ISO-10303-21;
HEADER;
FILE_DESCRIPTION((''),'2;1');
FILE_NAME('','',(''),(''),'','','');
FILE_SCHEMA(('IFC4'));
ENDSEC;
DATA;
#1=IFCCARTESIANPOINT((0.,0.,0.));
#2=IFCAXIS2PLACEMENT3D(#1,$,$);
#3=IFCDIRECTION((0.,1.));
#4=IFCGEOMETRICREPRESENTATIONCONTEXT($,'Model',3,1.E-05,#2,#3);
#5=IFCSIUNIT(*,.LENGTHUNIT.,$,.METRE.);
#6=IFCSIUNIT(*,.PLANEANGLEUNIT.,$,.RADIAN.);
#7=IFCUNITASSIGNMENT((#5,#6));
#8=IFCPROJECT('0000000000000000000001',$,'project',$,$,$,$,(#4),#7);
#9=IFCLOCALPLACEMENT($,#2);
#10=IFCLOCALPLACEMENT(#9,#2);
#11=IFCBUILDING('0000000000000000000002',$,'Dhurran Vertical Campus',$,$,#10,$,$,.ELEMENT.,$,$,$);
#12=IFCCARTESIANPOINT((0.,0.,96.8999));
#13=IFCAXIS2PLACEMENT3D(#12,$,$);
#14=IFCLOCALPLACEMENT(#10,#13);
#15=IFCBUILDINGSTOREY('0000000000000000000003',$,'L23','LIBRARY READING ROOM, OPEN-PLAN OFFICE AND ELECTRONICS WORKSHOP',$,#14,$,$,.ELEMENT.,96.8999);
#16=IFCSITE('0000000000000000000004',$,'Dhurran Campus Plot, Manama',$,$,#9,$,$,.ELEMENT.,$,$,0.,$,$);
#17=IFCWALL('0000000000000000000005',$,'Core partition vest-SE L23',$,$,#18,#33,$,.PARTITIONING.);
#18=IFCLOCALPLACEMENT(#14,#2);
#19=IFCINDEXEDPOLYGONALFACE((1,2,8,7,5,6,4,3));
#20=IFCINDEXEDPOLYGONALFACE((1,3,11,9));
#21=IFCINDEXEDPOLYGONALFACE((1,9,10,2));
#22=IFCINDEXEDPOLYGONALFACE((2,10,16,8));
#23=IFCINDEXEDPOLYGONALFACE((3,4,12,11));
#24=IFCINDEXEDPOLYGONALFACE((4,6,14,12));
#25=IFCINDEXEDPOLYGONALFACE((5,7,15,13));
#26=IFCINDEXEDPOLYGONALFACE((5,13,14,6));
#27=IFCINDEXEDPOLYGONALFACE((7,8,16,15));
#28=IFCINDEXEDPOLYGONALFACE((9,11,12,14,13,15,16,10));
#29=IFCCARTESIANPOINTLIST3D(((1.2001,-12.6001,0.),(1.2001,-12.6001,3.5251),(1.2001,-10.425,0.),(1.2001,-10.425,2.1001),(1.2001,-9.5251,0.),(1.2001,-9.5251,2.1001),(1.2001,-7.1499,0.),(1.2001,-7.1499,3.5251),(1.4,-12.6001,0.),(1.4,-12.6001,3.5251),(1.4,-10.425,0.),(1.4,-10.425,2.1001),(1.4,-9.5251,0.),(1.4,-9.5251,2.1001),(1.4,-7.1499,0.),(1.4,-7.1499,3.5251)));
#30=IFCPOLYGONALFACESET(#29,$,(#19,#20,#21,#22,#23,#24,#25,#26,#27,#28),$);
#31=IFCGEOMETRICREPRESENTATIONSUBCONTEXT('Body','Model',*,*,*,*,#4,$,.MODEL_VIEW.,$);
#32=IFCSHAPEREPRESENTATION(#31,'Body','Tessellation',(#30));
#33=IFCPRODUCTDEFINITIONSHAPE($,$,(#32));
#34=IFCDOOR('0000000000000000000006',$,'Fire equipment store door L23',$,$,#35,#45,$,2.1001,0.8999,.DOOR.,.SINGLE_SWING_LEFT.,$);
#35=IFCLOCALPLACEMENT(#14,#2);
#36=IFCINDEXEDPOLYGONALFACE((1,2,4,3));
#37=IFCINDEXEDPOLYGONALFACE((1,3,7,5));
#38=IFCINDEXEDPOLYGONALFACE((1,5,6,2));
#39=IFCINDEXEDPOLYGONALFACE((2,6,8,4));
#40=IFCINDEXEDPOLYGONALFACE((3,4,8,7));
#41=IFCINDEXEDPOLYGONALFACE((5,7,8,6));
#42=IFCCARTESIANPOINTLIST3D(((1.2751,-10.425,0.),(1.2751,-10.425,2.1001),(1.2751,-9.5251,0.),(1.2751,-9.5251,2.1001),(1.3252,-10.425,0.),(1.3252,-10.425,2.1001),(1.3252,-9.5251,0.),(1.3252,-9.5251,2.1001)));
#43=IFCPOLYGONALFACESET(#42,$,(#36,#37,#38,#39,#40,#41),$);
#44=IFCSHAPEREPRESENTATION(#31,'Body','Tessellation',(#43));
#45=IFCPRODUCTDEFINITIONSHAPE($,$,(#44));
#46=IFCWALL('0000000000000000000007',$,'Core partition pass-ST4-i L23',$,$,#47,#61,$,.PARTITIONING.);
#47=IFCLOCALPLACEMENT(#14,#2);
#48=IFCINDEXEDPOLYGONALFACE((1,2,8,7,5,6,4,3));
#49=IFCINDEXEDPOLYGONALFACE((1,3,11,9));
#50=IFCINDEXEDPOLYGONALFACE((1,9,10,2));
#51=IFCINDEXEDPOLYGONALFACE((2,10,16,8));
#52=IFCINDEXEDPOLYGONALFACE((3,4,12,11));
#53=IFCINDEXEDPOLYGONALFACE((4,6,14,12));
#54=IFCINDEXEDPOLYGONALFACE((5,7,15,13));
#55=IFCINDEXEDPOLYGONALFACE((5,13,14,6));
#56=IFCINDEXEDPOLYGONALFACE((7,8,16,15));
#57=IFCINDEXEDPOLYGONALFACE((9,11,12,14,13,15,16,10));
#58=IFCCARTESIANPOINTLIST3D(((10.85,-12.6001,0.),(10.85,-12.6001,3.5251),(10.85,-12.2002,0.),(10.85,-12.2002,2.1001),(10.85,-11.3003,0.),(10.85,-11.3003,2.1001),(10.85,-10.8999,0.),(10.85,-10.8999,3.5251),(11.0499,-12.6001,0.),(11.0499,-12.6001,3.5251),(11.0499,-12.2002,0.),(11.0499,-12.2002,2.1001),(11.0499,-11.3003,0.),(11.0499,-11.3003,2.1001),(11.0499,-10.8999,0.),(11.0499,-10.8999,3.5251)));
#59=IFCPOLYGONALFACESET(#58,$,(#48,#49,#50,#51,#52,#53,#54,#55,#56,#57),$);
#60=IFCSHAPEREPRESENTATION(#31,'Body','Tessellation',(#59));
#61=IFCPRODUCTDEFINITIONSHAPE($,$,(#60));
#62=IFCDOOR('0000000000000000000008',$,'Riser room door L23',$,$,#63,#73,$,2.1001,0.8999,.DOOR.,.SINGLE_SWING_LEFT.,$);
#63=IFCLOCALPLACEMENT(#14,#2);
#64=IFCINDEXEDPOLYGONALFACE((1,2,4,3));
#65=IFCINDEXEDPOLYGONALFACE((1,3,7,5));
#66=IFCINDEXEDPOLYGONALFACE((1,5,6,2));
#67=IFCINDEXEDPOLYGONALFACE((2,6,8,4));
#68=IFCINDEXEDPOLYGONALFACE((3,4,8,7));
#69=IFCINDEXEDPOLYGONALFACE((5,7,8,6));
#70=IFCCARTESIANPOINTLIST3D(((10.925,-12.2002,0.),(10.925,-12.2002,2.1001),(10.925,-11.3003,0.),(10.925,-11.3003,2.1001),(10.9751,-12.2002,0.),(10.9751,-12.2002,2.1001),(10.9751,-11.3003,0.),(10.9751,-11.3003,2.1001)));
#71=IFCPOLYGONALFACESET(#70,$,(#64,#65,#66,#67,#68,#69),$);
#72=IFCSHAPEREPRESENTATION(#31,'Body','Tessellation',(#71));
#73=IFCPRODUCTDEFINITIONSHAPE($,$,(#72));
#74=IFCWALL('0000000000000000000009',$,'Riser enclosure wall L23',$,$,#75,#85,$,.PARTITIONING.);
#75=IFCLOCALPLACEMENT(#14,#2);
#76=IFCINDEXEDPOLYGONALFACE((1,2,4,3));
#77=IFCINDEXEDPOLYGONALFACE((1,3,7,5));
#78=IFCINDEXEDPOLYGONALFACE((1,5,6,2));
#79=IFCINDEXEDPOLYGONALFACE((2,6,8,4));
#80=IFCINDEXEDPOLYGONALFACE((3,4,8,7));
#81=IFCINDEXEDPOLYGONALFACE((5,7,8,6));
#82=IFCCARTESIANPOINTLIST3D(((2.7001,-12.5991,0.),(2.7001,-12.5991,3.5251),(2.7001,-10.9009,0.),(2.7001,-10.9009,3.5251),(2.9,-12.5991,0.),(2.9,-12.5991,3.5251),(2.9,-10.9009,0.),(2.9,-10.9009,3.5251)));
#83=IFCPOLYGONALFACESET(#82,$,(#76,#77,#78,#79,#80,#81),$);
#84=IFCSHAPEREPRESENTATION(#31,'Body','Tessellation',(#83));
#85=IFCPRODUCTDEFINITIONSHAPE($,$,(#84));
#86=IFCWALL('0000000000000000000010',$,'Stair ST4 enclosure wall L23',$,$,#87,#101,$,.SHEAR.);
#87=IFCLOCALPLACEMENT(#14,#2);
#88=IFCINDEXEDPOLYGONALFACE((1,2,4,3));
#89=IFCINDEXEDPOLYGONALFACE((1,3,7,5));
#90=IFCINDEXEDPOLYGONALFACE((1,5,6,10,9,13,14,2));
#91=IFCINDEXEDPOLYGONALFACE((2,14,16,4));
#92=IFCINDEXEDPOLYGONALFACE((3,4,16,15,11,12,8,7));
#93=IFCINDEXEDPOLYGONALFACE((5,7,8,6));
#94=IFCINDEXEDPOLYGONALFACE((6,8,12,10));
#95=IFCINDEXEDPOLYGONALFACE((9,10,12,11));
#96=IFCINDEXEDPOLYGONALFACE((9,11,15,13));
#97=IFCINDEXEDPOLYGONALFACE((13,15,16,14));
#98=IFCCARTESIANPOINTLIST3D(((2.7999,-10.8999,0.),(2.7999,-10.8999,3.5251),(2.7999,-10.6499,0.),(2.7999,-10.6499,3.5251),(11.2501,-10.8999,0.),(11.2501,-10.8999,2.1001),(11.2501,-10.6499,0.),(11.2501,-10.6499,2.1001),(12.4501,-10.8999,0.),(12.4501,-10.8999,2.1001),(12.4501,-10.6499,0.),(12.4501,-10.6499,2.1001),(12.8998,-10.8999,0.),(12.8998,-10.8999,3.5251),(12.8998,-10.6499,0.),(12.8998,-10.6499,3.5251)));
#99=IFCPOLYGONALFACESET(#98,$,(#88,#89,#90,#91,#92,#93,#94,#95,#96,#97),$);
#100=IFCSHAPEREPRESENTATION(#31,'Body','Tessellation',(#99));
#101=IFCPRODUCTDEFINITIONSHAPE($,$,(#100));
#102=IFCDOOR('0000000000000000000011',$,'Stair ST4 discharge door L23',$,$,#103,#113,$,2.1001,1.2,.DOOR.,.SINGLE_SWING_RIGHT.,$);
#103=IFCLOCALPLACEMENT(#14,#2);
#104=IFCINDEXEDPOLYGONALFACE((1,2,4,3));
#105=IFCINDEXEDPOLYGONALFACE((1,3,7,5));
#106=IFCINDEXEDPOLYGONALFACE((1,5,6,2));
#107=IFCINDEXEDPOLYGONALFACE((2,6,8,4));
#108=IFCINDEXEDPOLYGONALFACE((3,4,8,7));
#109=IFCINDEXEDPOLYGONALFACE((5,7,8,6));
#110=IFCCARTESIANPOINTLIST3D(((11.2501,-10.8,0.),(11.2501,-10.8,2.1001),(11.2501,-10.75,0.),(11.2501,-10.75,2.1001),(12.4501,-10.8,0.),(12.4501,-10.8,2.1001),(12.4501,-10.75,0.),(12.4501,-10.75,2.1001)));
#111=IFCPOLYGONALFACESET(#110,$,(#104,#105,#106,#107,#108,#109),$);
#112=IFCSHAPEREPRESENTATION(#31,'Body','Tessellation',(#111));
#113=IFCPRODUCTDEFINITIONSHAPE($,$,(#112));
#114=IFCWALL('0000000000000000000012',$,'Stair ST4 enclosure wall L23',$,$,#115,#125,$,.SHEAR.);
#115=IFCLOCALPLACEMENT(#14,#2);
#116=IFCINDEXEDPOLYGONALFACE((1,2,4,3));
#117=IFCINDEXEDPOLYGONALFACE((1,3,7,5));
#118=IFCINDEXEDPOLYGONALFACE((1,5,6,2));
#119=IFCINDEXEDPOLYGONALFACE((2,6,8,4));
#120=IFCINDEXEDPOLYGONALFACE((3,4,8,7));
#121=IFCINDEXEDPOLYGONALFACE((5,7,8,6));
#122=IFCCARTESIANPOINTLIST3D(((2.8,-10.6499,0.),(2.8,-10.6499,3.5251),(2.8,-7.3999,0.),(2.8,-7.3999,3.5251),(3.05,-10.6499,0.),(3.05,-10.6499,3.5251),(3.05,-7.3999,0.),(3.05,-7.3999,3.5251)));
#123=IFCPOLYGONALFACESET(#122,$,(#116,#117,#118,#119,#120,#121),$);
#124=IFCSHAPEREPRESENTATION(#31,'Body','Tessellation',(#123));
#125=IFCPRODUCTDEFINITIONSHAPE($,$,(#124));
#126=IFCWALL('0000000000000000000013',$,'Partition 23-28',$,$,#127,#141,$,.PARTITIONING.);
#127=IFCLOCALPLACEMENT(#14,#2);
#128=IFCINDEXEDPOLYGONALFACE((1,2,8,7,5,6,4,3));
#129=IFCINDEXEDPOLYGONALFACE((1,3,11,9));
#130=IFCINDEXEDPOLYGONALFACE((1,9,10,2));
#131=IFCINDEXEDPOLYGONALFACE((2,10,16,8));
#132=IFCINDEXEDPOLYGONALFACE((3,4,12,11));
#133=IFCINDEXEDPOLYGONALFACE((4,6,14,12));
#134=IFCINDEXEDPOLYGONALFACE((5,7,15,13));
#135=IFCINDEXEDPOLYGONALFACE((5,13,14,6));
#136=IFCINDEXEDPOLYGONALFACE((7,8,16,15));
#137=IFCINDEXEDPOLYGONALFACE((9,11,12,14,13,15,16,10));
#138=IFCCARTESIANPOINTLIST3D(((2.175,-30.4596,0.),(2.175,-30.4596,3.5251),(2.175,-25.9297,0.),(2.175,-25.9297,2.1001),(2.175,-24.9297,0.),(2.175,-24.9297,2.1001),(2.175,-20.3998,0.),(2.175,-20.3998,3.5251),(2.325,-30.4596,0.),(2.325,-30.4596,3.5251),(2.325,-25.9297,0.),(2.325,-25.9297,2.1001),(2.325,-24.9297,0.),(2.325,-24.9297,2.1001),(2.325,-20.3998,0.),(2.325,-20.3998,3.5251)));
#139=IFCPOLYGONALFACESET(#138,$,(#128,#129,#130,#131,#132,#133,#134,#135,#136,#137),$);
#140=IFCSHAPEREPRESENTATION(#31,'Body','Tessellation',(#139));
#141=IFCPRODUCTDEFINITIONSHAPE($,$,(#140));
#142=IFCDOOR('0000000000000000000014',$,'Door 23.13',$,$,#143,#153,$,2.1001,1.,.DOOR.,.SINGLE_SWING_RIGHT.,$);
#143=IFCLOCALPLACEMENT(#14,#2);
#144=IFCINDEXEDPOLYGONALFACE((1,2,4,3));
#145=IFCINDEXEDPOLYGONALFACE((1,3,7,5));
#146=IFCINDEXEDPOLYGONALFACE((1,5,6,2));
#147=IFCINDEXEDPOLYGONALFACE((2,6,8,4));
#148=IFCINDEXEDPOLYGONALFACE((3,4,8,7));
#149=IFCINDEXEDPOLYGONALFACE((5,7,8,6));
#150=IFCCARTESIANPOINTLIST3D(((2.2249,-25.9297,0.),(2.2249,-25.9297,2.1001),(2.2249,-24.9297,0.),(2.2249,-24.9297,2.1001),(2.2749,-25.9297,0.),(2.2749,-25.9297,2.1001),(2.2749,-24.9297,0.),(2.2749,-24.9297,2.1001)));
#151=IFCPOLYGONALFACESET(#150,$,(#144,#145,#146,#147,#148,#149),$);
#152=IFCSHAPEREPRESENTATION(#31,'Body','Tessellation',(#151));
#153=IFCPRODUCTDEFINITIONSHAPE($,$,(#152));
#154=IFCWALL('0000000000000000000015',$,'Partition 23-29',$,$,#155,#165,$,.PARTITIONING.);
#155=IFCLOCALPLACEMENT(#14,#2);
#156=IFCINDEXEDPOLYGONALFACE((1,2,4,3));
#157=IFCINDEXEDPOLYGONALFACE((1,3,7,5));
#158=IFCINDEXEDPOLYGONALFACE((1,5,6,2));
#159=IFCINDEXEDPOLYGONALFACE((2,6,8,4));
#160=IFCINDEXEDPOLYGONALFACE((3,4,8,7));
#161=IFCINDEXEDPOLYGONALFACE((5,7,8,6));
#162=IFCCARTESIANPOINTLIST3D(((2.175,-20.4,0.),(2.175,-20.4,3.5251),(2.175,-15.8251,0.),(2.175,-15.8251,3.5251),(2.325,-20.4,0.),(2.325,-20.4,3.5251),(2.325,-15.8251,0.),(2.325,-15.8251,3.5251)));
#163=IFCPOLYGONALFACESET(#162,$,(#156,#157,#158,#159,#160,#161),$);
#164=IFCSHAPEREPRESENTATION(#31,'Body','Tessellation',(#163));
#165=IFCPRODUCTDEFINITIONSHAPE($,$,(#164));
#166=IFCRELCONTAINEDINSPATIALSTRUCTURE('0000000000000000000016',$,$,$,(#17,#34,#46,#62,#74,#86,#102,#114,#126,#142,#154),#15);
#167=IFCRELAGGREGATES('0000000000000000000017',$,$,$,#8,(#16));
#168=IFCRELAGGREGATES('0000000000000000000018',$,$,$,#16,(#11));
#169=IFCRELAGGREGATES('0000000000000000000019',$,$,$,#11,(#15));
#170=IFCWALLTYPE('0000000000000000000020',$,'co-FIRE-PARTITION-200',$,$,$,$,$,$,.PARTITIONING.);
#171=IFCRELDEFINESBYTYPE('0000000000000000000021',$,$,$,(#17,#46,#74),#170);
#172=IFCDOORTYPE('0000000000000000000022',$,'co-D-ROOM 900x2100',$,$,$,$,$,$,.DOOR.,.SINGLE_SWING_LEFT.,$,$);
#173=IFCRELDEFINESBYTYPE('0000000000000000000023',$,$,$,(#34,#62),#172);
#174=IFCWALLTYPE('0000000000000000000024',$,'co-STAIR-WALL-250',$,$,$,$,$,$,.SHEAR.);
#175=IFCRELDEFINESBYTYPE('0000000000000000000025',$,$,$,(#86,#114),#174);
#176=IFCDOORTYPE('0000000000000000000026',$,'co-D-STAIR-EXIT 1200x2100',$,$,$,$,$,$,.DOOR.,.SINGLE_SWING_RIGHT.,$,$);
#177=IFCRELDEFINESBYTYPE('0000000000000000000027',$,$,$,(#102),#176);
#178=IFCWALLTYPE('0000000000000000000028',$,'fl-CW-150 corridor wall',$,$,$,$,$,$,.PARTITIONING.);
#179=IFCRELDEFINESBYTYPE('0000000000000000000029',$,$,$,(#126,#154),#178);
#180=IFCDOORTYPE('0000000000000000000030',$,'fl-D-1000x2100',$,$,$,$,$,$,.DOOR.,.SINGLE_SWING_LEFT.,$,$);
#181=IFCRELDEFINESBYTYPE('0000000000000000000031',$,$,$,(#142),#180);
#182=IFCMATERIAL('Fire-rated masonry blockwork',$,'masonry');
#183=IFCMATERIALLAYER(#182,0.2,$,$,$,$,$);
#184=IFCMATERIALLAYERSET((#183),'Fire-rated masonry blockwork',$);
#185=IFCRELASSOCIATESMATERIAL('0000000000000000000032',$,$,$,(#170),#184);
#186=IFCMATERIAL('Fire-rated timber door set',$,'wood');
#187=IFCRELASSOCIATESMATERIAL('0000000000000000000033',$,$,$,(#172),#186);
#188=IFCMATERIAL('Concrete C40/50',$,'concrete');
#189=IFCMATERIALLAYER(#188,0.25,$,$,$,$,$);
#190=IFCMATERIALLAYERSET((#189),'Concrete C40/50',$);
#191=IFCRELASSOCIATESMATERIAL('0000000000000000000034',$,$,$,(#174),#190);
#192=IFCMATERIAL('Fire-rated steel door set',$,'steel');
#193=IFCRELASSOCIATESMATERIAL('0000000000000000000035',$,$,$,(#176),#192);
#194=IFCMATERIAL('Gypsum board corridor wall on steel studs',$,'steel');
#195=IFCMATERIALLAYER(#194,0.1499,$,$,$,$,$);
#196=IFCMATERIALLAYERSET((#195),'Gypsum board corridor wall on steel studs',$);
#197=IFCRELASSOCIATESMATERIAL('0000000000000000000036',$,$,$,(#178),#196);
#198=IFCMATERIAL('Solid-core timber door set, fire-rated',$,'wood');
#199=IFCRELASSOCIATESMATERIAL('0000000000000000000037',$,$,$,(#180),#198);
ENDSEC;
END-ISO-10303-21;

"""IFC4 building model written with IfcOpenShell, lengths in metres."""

from ifc_helpers import new_model, si_unit, direction, frame, frame_2d, origin, place, context, subcontext, project, spatial, rectangle, extrude, material, layer, layer_set, type_object, element, fill, save


model = new_model("IFC4")

# Units and contexts
model_context = context("Model", 3, precision=1e-05, world=origin(), true_north=direction((0.0, 1.0)))
body_context = subcontext(model_context, "Body", "Model", "MODEL_VIEW")
ifc_project = project(units=[si_unit("LENGTHUNIT", "METRE"), si_unit("PLANEANGLEUNIT", "RADIAN")], contexts=[model_context])

# Site, building, storey
site_placement = place(None, origin())
site = spatial("IfcSite", under=ifc_project, at=site_placement, Name="Dhurran Campus Plot, Manama", CompositionType="ELEMENT", RefElevation=0.0)
building_placement = place(site_placement, origin())
building = spatial("IfcBuilding", under=site, at=building_placement, Name="Dhurran Vertical Campus", CompositionType="ELEMENT")
storey_placement = place(building_placement, frame((0.0, 0.0, 96.8999)))
storey = spatial("IfcBuildingStorey", under=building, at=storey_placement, Name="L23", Description="LIBRARY READING ROOM, OPEN-PLAN OFFICE AND ELECTRONICS WORKSHOP", CompositionType="ELEMENT", Elevation=96.8999)

# Walls, openings, doors
ifc_material_1 = material(Name="Fire-rated masonry blockwork", Category="masonry")
ifc_layer_1 = layer(ifc_material_1, 0.2)
ifc_layer_set_1 = layer_set([ifc_layer_1], Name="Fire-rated masonry blockwork")
wall_type_1 = type_object("IfcWallType", Name="co-FIRE-PARTITION-200", PredefinedType="PARTITIONING", material=ifc_layer_set_1)
wall_1_placement = place(storey_placement, frame((1.3, -12.6001, 0.0), z_axis=(0.0, 0.0, 1.0), x_axis=(0.0, 1.0, 0.0)))
wall_1 = element("IfcWall", 1, at=wall_1_placement, inside=storey, type_object=wall_type_1, Name="Core partition vest-SE L23", PredefinedType="PARTITIONING", context=body_context, shape_type="SweptSolid", body=[
    extrude(rectangle(XDim=5.4502, YDim=0.2, at=frame_2d((2.7251, 0.0))), origin(), (0.0, 0.0, 1.0), 3.5251),
])
opening_1_placement = place(wall_1_placement, frame((2.175, 0.0, 0.0)))
opening_1 = element("IfcOpeningElement", 2, at=opening_1_placement, cuts=wall_1, PredefinedType="OPENING", context=body_context, shape_type="SweptSolid", body=[
    extrude(rectangle(XDim=0.8999, YDim=2.1001, at=frame_2d((0.45, 1.05))), frame((0.0, 0.1099, 0.0), z_axis=(0.0, -1.0, 0.0), x_axis=(1.0, 0.0, 0.0)), (0.0, 0.0, 1.0), 0.22),
])
ifc_material_2 = material(Name="Fire-rated timber door set", Category="wood")
door_type_1 = type_object("IfcDoorType", Name="co-D-ROOM 900x2100", OperationType="SINGLE_SWING_LEFT", PredefinedType="DOOR", material=ifc_material_2)
door_1_placement = place(opening_1_placement, origin())
door_1 = element("IfcDoor", 3, at=door_1_placement, inside=storey, type_object=door_type_1, Name="Fire equipment store door L23", OperationType="SINGLE_SWING_LEFT", OverallHeight=2.1001, OverallWidth=0.8999, PredefinedType="DOOR", context=body_context, shape_type="SweptSolid", body=[
    extrude(rectangle(XDim=0.8999, YDim=2.1001, at=frame_2d((0.45, 1.05))), frame((0.0, 0.0249, 0.0), z_axis=(0.0, -1.0, 0.0), x_axis=(1.0, 0.0, 0.0)), (0.0, 0.0, 1.0), 0.05),
])
fill(opening_1, door_1)
wall_2_placement = place(storey_placement, frame((10.95, -12.6001, 0.0), z_axis=(0.0, 0.0, 1.0), x_axis=(0.0, 1.0, 0.0)))
wall_2 = element("IfcWall", 4, at=wall_2_placement, inside=storey, type_object=wall_type_1, Name="Core partition pass-ST4-i L23", PredefinedType="PARTITIONING", context=body_context, shape_type="SweptSolid", body=[
    extrude(rectangle(XDim=1.7002, YDim=0.2, at=frame_2d((0.8501, 0.0))), origin(), (0.0, 0.0, 1.0), 3.5251),
])
opening_2_placement = place(wall_2_placement, frame((0.3999, 0.0, 0.0)))
opening_2 = element("IfcOpeningElement", 5, at=opening_2_placement, cuts=wall_2, PredefinedType="OPENING", context=body_context, shape_type="SweptSolid", body=[
    extrude(rectangle(XDim=0.8999, YDim=2.1001, at=frame_2d((0.45, 1.05))), frame((0.0, 0.1099, 0.0), z_axis=(0.0, -1.0, 0.0), x_axis=(1.0, 0.0, 0.0)), (0.0, 0.0, 1.0), 0.22),
])
door_2_placement = place(opening_2_placement, origin())
door_2 = element("IfcDoor", 6, at=door_2_placement, inside=storey, type_object=door_type_1, Name="Riser room door L23", OperationType="SINGLE_SWING_LEFT", OverallHeight=2.1001, OverallWidth=0.8999, PredefinedType="DOOR", context=body_context, shape_type="SweptSolid", body=[
    extrude(rectangle(XDim=0.8999, YDim=2.1001, at=frame_2d((0.45, 1.05))), frame((0.0, 0.0249, 0.0), z_axis=(0.0, -1.0, 0.0), x_axis=(1.0, 0.0, 0.0)), (0.0, 0.0, 1.0), 0.05),
])
fill(opening_2, door_2)

# Wall
wall_3_placement = place(storey_placement, frame((2.8, -10.9009, 0.0), z_axis=(0.0, 0.0, 1.0), x_axis=(0.0, -1.0, 0.0)))
element("IfcWall", 7, at=wall_3_placement, inside=storey, type_object=wall_type_1, Name="Riser enclosure wall L23", PredefinedType="PARTITIONING", context=body_context, shape_type="SweptSolid", body=[
    extrude(rectangle(XDim=1.6982, YDim=0.2, at=frame_2d((0.8491, 0.0))), origin(), (0.0, 0.0, 1.0), 3.5251),
])

# Wall, opening, door
ifc_material_3 = material(Name="Concrete C40/50", Category="concrete")
ifc_layer_2 = layer(ifc_material_3, 0.25)
ifc_layer_set_2 = layer_set([ifc_layer_2], Name="Concrete C40/50")
wall_type_2 = type_object("IfcWallType", Name="co-STAIR-WALL-250", PredefinedType="SHEAR", material=ifc_layer_set_2)
wall_4_placement = place(storey_placement, frame((2.8, -10.7749, 0.0), z_axis=(0.0, 0.0, 1.0), x_axis=(1.0, 0.0, 0.0)))
wall_4 = element("IfcWall", 8, at=wall_4_placement, inside=storey, type_object=wall_type_2, Name="Stair ST4 enclosure wall L23", PredefinedType="SHEAR", context=body_context, shape_type="SweptSolid", body=[
    extrude(rectangle(XDim=10.0999, YDim=0.25, at=frame_2d((5.0498, 0.0))), origin(), (0.0, 0.0, 1.0), 3.5251),
])
opening_3_placement = place(wall_4_placement, frame((8.45, 0.0, 0.0)))
opening_3 = element("IfcOpeningElement", 9, at=opening_3_placement, cuts=wall_4, PredefinedType="OPENING", context=body_context, shape_type="SweptSolid", body=[
    extrude(rectangle(XDim=1.2, YDim=2.1001, at=frame_2d((0.6001, 1.05))), frame((0.0, 0.135, 0.0), z_axis=(0.0, -1.0, 0.0), x_axis=(1.0, 0.0, 0.0)), (0.0, 0.0, 1.0), 0.27),
])
ifc_material_4 = material(Name="Fire-rated steel door set", Category="steel")
door_type_2 = type_object("IfcDoorType", Name="co-D-STAIR-EXIT 1200x2100", OperationType="SINGLE_SWING_RIGHT", PredefinedType="DOOR", material=ifc_material_4)
door_3_placement = place(opening_3_placement, origin())
door_3 = element("IfcDoor", 10, at=door_3_placement, inside=storey, type_object=door_type_2, Name="Stair ST4 discharge door L23", OperationType="SINGLE_SWING_RIGHT", OverallHeight=2.1001, OverallWidth=1.2, PredefinedType="DOOR", context=body_context, shape_type="SweptSolid", body=[
    extrude(rectangle(XDim=1.2, YDim=2.1001, at=frame_2d((0.6001, 1.05))), frame((0.0, 0.0249, 0.0), z_axis=(0.0, -1.0, 0.0), x_axis=(1.0, 0.0, 0.0)), (0.0, 0.0, 1.0), 0.05),
])
fill(opening_3, door_3)

# Wall
wall_5_placement = place(storey_placement, frame((2.925, -10.6499, 0.0), z_axis=(0.0, 0.0, 1.0), x_axis=(0.0, 1.0, 0.0)))
element("IfcWall", 11, at=wall_5_placement, inside=storey, type_object=wall_type_2, Name="Stair ST4 enclosure wall L23", PredefinedType="SHEAR", context=body_context, shape_type="SweptSolid", body=[
    extrude(rectangle(XDim=3.25, YDim=0.25, at=frame_2d((1.625, 0.0))), origin(), (0.0, 0.0, 1.0), 3.5251),
])

# Wall, opening, door
ifc_material_5 = material(Name="Gypsum board corridor wall on steel studs", Category="steel")
ifc_layer_3 = layer(ifc_material_5, 0.1499)
ifc_layer_set_3 = layer_set([ifc_layer_3], Name="Gypsum board corridor wall on steel studs")
wall_type_3 = type_object("IfcWallType", Name="fl-CW-150 corridor wall", PredefinedType="PARTITIONING", material=ifc_layer_set_3)
wall_6_placement = place(storey_placement, frame((2.25, -20.3999, 0.0), z_axis=(0.0, 0.0, 1.0), x_axis=(0.0, -1.0, 0.0)))
wall_6 = element("IfcWall", 12, at=wall_6_placement, inside=storey, type_object=wall_type_3, Name="Partition 23-28", PredefinedType="PARTITIONING", context=body_context, shape_type="SweptSolid", body=[
    extrude(rectangle(XDim=10.0598, YDim=0.1499, at=frame_2d((5.0298, 0.0))), origin(), (0.0, 0.0, 1.0), 3.5251),
])
opening_4_placement = place(wall_6_placement, frame((4.5298, 0.0, 0.0)))
opening_4 = element("IfcOpeningElement", 13, at=opening_4_placement, cuts=wall_6, PredefinedType="OPENING", context=body_context, shape_type="SweptSolid", body=[
    extrude(rectangle(XDim=1.0, YDim=2.1001, at=frame_2d((0.5, 1.05))), frame((0.0, 0.085, 0.0), z_axis=(0.0, -1.0, 0.0), x_axis=(1.0, 0.0, 0.0)), (0.0, 0.0, 1.0), 0.1699),
])
ifc_material_6 = material(Name="Solid-core timber door set, fire-rated", Category="wood")
door_type_3 = type_object("IfcDoorType", Name="fl-D-1000x2100", OperationType="SINGLE_SWING_LEFT", PredefinedType="DOOR", material=ifc_material_6)
door_4_placement = place(opening_4_placement, origin())
door_4 = element("IfcDoor", 14, at=door_4_placement, inside=storey, type_object=door_type_3, Name="Door 23.13", OperationType="SINGLE_SWING_RIGHT", OverallHeight=2.1001, OverallWidth=1.0, PredefinedType="DOOR", context=body_context, shape_type="SweptSolid", body=[
    extrude(rectangle(XDim=1.0, YDim=2.1001, at=frame_2d((0.5, 1.05))), frame((0.0, 0.0249, 0.0), z_axis=(0.0, -1.0, 0.0), x_axis=(1.0, 0.0, 0.0)), (0.0, 0.0, 1.0), 0.05),
])
fill(opening_4, door_4)

# Wall
wall_7_placement = place(storey_placement, frame((2.25, -15.825, 0.0), z_axis=(0.0, 0.0, 1.0), x_axis=(0.0, -1.0, 0.0)))
element("IfcWall", 15, at=wall_7_placement, inside=storey, type_object=wall_type_3, Name="Partition 23-29", PredefinedType="PARTITIONING", context=body_context, shape_type="SweptSolid", body=[
    extrude(rectangle(XDim=4.575, YDim=0.1499, at=frame_2d((2.2876, 0.0))), origin(), (0.0, 0.0, 1.0), 3.5251),
])

save(model, "model.ifc")
